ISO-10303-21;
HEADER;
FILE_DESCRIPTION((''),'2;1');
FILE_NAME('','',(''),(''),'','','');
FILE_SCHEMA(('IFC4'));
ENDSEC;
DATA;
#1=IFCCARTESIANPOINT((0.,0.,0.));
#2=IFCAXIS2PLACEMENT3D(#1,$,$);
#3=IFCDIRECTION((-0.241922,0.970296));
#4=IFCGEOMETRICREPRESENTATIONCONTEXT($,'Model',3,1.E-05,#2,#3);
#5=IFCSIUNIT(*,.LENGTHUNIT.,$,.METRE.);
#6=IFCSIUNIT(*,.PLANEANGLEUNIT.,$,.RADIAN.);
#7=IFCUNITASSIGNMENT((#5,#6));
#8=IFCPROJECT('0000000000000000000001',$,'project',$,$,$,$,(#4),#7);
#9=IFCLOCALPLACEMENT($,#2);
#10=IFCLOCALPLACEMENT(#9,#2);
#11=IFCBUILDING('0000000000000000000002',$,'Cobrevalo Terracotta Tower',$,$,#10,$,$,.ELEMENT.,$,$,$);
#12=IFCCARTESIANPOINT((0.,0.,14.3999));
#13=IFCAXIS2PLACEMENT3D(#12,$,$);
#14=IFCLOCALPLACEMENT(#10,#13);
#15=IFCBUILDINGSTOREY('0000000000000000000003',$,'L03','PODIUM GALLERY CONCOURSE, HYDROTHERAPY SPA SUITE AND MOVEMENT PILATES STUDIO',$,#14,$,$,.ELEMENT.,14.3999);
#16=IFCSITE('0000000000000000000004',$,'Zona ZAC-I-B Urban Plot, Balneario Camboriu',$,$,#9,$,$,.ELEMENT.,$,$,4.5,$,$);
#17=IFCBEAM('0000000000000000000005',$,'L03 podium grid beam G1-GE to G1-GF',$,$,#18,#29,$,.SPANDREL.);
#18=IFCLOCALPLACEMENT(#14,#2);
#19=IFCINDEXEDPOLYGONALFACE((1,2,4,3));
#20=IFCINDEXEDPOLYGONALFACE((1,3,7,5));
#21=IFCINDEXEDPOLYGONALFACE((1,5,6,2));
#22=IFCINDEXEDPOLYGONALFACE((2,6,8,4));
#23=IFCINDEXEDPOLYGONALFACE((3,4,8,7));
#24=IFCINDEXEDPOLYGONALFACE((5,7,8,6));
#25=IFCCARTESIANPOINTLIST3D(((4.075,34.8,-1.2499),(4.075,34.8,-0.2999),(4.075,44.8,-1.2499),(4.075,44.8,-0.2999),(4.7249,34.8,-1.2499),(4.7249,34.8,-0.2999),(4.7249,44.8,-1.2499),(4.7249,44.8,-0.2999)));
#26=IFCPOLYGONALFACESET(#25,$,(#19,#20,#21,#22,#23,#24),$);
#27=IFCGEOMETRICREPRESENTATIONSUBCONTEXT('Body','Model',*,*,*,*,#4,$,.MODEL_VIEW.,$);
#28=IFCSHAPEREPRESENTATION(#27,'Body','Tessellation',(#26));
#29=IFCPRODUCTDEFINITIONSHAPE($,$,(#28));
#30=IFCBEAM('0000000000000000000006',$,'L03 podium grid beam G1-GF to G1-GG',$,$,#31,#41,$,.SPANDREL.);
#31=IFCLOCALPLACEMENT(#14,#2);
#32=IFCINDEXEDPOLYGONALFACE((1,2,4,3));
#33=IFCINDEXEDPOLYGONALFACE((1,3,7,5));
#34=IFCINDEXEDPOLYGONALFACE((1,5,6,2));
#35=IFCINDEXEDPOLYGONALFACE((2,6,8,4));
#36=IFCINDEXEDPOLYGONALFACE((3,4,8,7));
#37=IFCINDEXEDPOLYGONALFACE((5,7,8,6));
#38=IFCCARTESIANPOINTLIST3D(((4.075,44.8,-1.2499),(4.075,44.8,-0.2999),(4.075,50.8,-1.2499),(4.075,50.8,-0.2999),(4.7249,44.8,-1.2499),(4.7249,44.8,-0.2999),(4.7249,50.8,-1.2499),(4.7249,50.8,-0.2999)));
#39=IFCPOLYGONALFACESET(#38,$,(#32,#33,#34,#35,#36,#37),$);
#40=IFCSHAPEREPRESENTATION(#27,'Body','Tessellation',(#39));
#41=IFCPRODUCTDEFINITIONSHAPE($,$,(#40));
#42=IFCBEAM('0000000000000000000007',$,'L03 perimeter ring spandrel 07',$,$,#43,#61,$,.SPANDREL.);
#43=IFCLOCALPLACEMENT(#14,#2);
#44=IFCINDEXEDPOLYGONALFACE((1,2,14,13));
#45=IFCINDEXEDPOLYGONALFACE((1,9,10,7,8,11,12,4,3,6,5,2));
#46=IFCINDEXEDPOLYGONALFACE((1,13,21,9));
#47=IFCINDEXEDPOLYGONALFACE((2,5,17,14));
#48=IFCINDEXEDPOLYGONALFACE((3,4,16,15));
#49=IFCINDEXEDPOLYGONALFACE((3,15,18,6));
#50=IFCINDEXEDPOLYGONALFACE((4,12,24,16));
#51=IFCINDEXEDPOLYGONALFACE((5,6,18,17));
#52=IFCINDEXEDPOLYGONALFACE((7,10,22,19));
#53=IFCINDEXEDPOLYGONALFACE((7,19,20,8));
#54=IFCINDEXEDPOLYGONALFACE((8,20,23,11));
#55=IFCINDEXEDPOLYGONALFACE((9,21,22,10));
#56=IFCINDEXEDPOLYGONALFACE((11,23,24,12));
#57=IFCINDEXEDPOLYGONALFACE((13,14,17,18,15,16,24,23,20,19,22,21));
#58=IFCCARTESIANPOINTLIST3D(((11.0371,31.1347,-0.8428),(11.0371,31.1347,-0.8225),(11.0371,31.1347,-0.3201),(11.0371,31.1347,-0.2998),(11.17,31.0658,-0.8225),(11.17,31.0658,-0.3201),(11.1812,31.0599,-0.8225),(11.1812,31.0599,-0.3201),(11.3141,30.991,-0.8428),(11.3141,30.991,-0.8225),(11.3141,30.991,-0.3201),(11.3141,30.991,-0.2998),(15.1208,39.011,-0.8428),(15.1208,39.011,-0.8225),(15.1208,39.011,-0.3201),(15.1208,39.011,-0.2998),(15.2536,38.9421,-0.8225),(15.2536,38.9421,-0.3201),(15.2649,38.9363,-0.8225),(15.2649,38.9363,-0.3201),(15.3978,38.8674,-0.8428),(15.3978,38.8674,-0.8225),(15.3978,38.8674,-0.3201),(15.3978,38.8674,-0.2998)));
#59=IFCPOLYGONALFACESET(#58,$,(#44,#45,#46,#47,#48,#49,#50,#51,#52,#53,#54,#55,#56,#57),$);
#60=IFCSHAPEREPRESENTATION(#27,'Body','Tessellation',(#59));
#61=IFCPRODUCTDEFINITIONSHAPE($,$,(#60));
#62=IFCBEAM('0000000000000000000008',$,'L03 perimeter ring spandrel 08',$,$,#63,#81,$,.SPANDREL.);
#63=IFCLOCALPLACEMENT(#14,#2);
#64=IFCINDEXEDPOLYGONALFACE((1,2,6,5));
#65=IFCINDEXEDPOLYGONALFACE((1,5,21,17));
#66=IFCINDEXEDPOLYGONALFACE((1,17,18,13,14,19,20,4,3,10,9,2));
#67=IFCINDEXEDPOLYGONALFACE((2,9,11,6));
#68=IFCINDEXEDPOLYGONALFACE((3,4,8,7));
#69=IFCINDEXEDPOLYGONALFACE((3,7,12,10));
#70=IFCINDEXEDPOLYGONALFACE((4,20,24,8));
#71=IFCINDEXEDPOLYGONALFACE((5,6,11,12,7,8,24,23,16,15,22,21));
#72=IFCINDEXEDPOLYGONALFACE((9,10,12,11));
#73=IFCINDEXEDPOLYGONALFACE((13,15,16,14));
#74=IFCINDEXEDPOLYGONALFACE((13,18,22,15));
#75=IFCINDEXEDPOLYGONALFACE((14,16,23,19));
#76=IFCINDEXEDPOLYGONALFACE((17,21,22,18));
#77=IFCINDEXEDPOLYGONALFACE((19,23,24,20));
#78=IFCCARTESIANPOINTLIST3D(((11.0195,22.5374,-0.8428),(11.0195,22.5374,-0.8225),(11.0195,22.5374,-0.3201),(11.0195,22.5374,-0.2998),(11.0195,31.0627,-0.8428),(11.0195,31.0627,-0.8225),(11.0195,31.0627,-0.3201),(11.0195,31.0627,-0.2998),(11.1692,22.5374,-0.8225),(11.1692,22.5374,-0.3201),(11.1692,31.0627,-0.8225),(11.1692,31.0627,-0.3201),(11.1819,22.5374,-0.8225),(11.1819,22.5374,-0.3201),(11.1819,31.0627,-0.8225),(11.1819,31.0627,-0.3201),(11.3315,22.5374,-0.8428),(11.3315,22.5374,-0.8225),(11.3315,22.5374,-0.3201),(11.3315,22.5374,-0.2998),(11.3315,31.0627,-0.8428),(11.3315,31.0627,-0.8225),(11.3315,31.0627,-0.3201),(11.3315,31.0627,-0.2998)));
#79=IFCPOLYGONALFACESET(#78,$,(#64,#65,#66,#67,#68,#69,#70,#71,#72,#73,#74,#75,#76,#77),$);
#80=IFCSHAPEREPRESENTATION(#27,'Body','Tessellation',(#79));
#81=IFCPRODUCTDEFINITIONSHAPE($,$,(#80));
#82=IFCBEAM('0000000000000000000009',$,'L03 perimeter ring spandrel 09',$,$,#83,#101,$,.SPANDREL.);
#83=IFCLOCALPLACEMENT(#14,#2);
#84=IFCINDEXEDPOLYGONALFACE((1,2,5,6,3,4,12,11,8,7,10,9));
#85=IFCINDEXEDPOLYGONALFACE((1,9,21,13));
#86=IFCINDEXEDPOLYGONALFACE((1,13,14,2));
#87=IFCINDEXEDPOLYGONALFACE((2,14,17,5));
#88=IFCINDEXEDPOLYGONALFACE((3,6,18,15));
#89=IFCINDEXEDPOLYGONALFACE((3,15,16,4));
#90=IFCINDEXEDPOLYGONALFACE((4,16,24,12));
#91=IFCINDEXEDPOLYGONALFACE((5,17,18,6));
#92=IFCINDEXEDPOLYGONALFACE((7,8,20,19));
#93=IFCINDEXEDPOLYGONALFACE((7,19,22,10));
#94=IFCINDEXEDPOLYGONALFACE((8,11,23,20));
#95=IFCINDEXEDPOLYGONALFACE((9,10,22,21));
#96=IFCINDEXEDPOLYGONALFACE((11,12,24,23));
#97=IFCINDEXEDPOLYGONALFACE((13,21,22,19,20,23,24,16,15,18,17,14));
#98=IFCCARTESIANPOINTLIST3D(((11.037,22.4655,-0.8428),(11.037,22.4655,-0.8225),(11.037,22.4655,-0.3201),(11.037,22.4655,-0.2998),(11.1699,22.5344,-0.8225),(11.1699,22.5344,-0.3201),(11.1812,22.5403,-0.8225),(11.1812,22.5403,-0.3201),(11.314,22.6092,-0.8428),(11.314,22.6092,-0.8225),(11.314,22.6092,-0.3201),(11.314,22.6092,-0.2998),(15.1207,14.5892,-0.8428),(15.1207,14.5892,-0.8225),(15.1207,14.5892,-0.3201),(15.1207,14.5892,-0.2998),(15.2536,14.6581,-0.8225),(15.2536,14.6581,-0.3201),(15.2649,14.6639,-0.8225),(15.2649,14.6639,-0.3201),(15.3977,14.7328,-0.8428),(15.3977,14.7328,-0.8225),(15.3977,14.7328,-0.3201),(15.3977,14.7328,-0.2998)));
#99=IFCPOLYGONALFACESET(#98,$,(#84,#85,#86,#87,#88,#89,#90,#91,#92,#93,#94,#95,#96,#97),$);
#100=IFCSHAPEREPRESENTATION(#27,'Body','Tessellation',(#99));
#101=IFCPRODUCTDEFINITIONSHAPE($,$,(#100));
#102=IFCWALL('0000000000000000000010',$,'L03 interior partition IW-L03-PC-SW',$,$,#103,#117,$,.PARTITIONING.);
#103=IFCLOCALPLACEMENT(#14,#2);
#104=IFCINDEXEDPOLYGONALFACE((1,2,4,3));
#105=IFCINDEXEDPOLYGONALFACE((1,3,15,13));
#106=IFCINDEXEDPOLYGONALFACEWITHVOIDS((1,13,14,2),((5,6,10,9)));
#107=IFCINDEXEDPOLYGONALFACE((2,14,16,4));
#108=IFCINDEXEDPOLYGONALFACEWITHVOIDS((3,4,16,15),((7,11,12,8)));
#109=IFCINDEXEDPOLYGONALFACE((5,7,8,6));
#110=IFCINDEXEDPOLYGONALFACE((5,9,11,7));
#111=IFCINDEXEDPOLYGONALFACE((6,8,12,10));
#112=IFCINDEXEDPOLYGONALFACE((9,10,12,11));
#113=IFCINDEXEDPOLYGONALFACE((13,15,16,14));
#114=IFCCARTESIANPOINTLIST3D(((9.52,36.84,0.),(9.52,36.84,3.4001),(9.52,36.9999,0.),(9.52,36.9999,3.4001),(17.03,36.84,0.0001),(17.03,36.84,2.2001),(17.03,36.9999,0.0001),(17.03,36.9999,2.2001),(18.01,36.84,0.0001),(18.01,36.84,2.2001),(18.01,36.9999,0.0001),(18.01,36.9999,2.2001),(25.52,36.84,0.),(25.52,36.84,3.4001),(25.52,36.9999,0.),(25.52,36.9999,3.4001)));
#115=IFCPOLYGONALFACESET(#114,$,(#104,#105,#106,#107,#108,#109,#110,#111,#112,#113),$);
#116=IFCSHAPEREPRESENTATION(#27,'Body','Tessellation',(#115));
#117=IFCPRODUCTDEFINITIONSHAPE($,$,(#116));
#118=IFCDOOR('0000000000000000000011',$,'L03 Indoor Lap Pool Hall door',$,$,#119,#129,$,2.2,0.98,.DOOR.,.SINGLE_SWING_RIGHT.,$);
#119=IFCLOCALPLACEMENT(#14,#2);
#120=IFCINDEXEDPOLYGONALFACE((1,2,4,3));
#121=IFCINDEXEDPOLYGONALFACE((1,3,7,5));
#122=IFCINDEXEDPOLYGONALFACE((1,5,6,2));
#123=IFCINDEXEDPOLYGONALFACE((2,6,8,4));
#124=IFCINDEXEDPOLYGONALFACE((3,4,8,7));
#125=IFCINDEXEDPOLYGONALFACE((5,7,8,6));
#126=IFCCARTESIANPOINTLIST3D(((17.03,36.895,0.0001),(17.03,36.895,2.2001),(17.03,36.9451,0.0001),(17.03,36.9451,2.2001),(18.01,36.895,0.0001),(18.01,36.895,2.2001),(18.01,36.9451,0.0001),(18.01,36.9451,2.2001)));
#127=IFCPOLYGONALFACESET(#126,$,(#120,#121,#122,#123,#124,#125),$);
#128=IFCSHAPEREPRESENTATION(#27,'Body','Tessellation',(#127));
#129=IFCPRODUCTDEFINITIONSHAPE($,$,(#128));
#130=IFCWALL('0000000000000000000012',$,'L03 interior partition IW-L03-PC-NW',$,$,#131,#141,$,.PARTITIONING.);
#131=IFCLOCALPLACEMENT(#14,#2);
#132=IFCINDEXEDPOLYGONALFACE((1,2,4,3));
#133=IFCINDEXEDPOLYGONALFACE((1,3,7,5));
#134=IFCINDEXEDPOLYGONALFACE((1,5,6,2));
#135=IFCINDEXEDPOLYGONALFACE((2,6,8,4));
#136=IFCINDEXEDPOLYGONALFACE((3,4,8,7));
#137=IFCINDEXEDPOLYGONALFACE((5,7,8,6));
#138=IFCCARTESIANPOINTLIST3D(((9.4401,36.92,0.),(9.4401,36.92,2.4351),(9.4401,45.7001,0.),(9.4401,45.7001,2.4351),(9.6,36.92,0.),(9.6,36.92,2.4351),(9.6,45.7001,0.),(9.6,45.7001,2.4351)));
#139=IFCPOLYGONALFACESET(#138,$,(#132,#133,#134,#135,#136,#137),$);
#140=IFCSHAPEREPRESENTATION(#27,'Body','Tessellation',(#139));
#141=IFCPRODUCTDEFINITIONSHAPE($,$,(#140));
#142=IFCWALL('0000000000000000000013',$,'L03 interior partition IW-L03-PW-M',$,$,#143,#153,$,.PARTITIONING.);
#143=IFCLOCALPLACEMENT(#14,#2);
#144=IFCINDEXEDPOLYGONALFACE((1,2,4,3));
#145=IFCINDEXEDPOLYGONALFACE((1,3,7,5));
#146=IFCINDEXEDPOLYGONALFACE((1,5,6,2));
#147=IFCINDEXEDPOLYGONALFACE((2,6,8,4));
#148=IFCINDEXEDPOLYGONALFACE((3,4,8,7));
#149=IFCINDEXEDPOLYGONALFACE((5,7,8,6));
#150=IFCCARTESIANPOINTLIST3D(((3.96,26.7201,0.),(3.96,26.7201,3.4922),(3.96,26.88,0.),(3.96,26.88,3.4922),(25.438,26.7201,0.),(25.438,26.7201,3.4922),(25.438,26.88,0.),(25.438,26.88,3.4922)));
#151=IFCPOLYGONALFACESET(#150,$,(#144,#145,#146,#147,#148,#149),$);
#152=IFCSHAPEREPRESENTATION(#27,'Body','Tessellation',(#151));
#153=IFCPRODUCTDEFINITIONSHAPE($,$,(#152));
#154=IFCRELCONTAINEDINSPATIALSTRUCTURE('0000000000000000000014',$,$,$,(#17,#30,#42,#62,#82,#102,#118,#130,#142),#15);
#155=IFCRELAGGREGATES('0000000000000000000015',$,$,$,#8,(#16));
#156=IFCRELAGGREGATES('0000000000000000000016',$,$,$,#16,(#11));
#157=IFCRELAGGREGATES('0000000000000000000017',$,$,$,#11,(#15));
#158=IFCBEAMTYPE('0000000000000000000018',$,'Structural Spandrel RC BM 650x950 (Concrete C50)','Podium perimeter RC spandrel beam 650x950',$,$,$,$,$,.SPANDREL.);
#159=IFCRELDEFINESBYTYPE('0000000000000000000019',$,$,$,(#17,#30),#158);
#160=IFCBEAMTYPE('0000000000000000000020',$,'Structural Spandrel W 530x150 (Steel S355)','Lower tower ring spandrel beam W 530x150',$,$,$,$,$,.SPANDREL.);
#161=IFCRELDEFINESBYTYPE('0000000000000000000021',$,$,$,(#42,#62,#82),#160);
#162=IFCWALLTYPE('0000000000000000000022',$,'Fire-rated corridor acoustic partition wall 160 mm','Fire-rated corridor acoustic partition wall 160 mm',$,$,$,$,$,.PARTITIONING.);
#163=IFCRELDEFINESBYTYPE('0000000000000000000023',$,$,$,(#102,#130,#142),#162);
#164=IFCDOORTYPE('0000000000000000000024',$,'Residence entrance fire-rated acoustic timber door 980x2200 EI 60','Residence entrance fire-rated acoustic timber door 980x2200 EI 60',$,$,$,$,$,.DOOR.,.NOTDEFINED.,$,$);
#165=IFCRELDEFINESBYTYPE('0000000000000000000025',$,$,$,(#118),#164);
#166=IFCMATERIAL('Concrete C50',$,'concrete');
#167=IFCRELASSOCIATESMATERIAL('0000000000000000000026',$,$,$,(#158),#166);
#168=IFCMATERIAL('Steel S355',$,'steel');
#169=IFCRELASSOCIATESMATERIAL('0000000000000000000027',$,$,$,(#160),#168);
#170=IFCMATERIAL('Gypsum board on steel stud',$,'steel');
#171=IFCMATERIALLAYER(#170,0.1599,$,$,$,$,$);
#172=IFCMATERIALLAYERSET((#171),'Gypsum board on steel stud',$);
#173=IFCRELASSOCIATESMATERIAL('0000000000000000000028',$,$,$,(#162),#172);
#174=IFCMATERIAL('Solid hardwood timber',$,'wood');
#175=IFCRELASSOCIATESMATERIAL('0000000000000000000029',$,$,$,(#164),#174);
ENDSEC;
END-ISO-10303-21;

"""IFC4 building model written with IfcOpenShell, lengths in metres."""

from ifc_helpers import new_model, si_unit, direction, frame, frame_2d, origin, origin_2d, place, context, subcontext, project, spatial, rectangle, i_section, extrude, source, transform, mapped, material, layer, layer_set, material_profile, profile_set, type_object, element, fill, save


model = new_model("IFC4")

# Units and contexts
model_context = context("Model", 3, precision=1e-05, world=origin(), true_north=direction((-0.241922, 0.970296)))
body_context = subcontext(model_context, "Body", "Model", "MODEL_VIEW")
ifc_project = project(units=[si_unit("LENGTHUNIT", "METRE"), si_unit("PLANEANGLEUNIT", "RADIAN")], contexts=[model_context])

# Site, building, storey
site_placement = place(None, origin())
site = spatial("IfcSite", under=ifc_project, at=site_placement, Name="Zona ZAC-I-B Urban Plot, Balneario Camboriu", CompositionType="ELEMENT", RefElevation=4.5)
building_placement = place(site_placement, origin())
building = spatial("IfcBuilding", under=site, at=building_placement, Name="Cobrevalo Terracotta Tower", CompositionType="ELEMENT")
storey_placement = place(building_placement, frame((0.0, 0.0, 14.3999)))
storey = spatial("IfcBuildingStorey", under=building, at=storey_placement, Name="L03", Description="PODIUM GALLERY CONCOURSE, HYDROTHERAPY SPA SUITE AND MOVEMENT PILATES STUDIO", CompositionType="ELEMENT", Elevation=14.3999)

# Shared definitions
ifc_material_1 = material(Name="Steel S355", Category="steel")
ifc_material_2 = material(Name="Concrete C50", Category="concrete")

# Beams
ifc_material_profile_1 = material_profile(ifc_material_2, rectangle(XDim=0.6499, YDim=0.95, at=origin_2d()), Name="RC BM 650x950")
ifc_profile_set_1 = profile_set([ifc_material_profile_1], Name="Concrete C50")
beam_type_1 = type_object("IfcBeamType", Name="Structural Spandrel RC BM 650x950 (Concrete C50)", Description="Podium perimeter RC spandrel beam 650x950", PredefinedType="SPANDREL", material=ifc_profile_set_1)
beam_1_placement = place(storey_placement, frame((4.3999, 34.8, -0.7749), z_axis=(0.0, 1.0, 0.0), x_axis=(-1.0, 0.0, 0.0)))
element("IfcBeam", 1, at=beam_1_placement, inside=storey, type_object=beam_type_1, Name="L03 podium grid beam G1-GE to G1-GF", PredefinedType="SPANDREL", context=body_context, shape_type="SweptSolid", body=[
    extrude(rectangle(XDim=0.6499, YDim=0.95, at=origin_2d()), origin(), (0.0, 0.0, 1.0), 10.0),
])
beam_2_placement = place(storey_placement, frame((4.3999, 44.8, -0.7749), z_axis=(0.0, 1.0, 0.0), x_axis=(-1.0, 0.0, 0.0)))
element("IfcBeam", 2, at=beam_2_placement, inside=storey, type_object=beam_type_1, Name="L03 podium grid beam G1-GF to G1-GG", PredefinedType="SPANDREL", context=body_context, shape_type="SweptSolid", body=[
    extrude(rectangle(XDim=0.6499, YDim=0.95, at=origin_2d()), origin(), (0.0, 0.0, 1.0), 6.0),
])
ifc_material_profile_2 = material_profile(ifc_material_1, i_section(OverallWidth=0.312, OverallDepth=0.543, WebThickness=0.0127, FlangeThickness=0.0203, at=origin_2d()), Name="W 530x150")
ifc_profile_set_2 = profile_set([ifc_material_profile_2], Name="Steel S355")
beam_type_2 = type_object("IfcBeamType", Name="Structural Spandrel W 530x150 (Steel S355)", Description="Lower tower ring spandrel beam W 530x150", PredefinedType="SPANDREL", material=ifc_profile_set_2)
beam_3_placement = place(storey_placement, frame((15.2593, 38.9392, -0.5713), z_axis=(-0.460286, -0.887771, 0.0), x_axis=(0.887771, -0.460286, 0.0)))
element("IfcBeam", 3, at=beam_3_placement, inside=storey, type_object=beam_type_2, Name="L03 perimeter ring spandrel 07", PredefinedType="SPANDREL", context=body_context, shape_type="SweptSolid", body=[
    extrude(i_section(OverallWidth=0.312, OverallDepth=0.543, WebThickness=0.0127, FlangeThickness=0.0203, at=origin_2d()), origin(), (0.0, 0.0, 1.0), 8.8721),
])
beam_4_placement = place(storey_placement, frame((11.1755, 31.0627, -0.5713), z_axis=(0.0, -1.0, 0.0), x_axis=(1.0, 0.0, 0.0)))
element("IfcBeam", 4, at=beam_4_placement, inside=storey, type_object=beam_type_2, Name="L03 perimeter ring spandrel 08", PredefinedType="SPANDREL", context=body_context, shape_type="SweptSolid", body=[
    extrude(i_section(OverallWidth=0.312, OverallDepth=0.543, WebThickness=0.0127, FlangeThickness=0.0203, at=origin_2d()), origin(), (0.0, 0.0, 1.0), 8.5254),
])
beam_5_placement = place(storey_placement, frame((11.1755, 22.5374, -0.5713), z_axis=(0.460286, -0.887771, 0.0), x_axis=(0.887771, 0.460286, 0.0)))
element("IfcBeam", 5, at=beam_5_placement, inside=storey, type_object=beam_type_2, Name="L03 perimeter ring spandrel 09", PredefinedType="SPANDREL", context=body_context, shape_type="SweptSolid", body=[
    extrude(i_section(OverallWidth=0.312, OverallDepth=0.543, WebThickness=0.0127, FlangeThickness=0.0203, at=origin_2d()), origin(), (0.0, 0.0, 1.0), 8.8721),
])

# Wall, opening, door
ifc_material_3 = material(Name="Gypsum board on steel stud", Category="steel")
ifc_layer_1 = layer(ifc_material_3, 0.1599)
ifc_layer_set_1 = layer_set([ifc_layer_1], Name="Gypsum board on steel stud")
wall_type_1 = type_object("IfcWallType", Name="Fire-rated corridor acoustic partition wall 160 mm", Description="Fire-rated corridor acoustic partition wall 160 mm", PredefinedType="PARTITIONING", material=ifc_layer_set_1)
wall_1_placement = place(storey_placement, frame((9.52, 36.9199, 0.0), z_axis=(0.0, 0.0, 1.0), x_axis=(1.0, 0.0, 0.0)))
wall_1 = element("IfcWall", 6, at=wall_1_placement, inside=storey, type_object=wall_type_1, Name="L03 interior partition IW-L03-PC-SW", PredefinedType="PARTITIONING", context=body_context, shape_type="SweptSolid", body=[
    extrude(rectangle(XDim=16.0, YDim=0.1599, at=frame_2d((8.0, 0.0))), origin(), (0.0, 0.0, 1.0), 3.4001),
])
opening_1_placement = place(wall_1_placement, frame((7.51, 0.0, 0.0)))
opening_1 = element("IfcOpeningElement", 7, at=opening_1_placement, cuts=wall_1, PredefinedType="OPENING", context=body_context, shape_type="SweptSolid", body=[
    extrude(rectangle(XDim=0.98, YDim=2.2, at=frame_2d((0.49, 1.1001))), frame((0.0, 0.0898, 0.0), z_axis=(0.0, -1.0, 0.0), x_axis=(1.0, 0.0, 0.0)), (0.0, 0.0, 1.0), 0.1799),
])
ifc_material_4 = material(Name="Solid hardwood timber", Category="wood")
door_type_1 = type_object("IfcDoorType", Name="Residence entrance fire-rated acoustic timber door 980x2200 EI 60", Description="Residence entrance fire-rated acoustic timber door 980x2200 EI 60", OperationType="NOTDEFINED", PredefinedType="DOOR", material=ifc_material_4)
shared_shape_1 = source(origin(), body_context, "Body", "SweptSolid", [
    extrude(rectangle(XDim=0.98, YDim=2.2, at=frame_2d((0.49, 1.1001))), frame((0.0, 0.0249, 0.0), z_axis=(0.0, -1.0, 0.0), x_axis=(1.0, 0.0, 0.0)), (0.0, 0.0, 1.0), 0.05),
])
door_1_placement = place(opening_1_placement, frame((0.98, 0.0, 0.0), z_axis=(0.0, 0.0, 1.0), x_axis=(-1.0, 0.0, 0.0)))
door_1 = element("IfcDoor", 8, at=door_1_placement, inside=storey, type_object=door_type_1, Name="L03 Indoor Lap Pool Hall door", OperationType="SINGLE_SWING_RIGHT", OverallHeight=2.2, OverallWidth=0.98, PredefinedType="DOOR", context=body_context, shape_type="MappedRepresentation", body=[
    mapped(shared_shape_1, transform((0.0, 0.0, 0.0), scale=1.0)),
])
fill(opening_1, door_1)

# Walls
wall_2_placement = place(storey_placement, frame((9.52, 36.9199, 0.0), z_axis=(0.0, 0.0, 1.0), x_axis=(0.0, 1.0, 0.0)))
element("IfcWall", 9, at=wall_2_placement, inside=storey, type_object=wall_type_1, Name="L03 interior partition IW-L03-PC-NW", PredefinedType="PARTITIONING", context=body_context, shape_type="SweptSolid", body=[
    extrude(rectangle(XDim=8.78, YDim=0.1599, at=frame_2d((4.3901, 0.0))), origin(), (0.0, 0.0, 1.0), 2.4351),
])
wall_3_placement = place(storey_placement, frame((3.96, 26.8, 0.0), z_axis=(0.0, 0.0, 1.0), x_axis=(1.0, 0.0, 0.0)))
element("IfcWall", 10, at=wall_3_placement, inside=storey, type_object=wall_type_1, Name="L03 interior partition IW-L03-PW-M", PredefinedType="PARTITIONING", context=body_context, shape_type="SweptSolid", body=[
    extrude(rectangle(XDim=21.478, YDim=0.1599, at=frame_2d((10.739, 0.0))), origin(), (0.0, 0.0, 1.0), 3.4922),
])

save(model, "model.ifc")
